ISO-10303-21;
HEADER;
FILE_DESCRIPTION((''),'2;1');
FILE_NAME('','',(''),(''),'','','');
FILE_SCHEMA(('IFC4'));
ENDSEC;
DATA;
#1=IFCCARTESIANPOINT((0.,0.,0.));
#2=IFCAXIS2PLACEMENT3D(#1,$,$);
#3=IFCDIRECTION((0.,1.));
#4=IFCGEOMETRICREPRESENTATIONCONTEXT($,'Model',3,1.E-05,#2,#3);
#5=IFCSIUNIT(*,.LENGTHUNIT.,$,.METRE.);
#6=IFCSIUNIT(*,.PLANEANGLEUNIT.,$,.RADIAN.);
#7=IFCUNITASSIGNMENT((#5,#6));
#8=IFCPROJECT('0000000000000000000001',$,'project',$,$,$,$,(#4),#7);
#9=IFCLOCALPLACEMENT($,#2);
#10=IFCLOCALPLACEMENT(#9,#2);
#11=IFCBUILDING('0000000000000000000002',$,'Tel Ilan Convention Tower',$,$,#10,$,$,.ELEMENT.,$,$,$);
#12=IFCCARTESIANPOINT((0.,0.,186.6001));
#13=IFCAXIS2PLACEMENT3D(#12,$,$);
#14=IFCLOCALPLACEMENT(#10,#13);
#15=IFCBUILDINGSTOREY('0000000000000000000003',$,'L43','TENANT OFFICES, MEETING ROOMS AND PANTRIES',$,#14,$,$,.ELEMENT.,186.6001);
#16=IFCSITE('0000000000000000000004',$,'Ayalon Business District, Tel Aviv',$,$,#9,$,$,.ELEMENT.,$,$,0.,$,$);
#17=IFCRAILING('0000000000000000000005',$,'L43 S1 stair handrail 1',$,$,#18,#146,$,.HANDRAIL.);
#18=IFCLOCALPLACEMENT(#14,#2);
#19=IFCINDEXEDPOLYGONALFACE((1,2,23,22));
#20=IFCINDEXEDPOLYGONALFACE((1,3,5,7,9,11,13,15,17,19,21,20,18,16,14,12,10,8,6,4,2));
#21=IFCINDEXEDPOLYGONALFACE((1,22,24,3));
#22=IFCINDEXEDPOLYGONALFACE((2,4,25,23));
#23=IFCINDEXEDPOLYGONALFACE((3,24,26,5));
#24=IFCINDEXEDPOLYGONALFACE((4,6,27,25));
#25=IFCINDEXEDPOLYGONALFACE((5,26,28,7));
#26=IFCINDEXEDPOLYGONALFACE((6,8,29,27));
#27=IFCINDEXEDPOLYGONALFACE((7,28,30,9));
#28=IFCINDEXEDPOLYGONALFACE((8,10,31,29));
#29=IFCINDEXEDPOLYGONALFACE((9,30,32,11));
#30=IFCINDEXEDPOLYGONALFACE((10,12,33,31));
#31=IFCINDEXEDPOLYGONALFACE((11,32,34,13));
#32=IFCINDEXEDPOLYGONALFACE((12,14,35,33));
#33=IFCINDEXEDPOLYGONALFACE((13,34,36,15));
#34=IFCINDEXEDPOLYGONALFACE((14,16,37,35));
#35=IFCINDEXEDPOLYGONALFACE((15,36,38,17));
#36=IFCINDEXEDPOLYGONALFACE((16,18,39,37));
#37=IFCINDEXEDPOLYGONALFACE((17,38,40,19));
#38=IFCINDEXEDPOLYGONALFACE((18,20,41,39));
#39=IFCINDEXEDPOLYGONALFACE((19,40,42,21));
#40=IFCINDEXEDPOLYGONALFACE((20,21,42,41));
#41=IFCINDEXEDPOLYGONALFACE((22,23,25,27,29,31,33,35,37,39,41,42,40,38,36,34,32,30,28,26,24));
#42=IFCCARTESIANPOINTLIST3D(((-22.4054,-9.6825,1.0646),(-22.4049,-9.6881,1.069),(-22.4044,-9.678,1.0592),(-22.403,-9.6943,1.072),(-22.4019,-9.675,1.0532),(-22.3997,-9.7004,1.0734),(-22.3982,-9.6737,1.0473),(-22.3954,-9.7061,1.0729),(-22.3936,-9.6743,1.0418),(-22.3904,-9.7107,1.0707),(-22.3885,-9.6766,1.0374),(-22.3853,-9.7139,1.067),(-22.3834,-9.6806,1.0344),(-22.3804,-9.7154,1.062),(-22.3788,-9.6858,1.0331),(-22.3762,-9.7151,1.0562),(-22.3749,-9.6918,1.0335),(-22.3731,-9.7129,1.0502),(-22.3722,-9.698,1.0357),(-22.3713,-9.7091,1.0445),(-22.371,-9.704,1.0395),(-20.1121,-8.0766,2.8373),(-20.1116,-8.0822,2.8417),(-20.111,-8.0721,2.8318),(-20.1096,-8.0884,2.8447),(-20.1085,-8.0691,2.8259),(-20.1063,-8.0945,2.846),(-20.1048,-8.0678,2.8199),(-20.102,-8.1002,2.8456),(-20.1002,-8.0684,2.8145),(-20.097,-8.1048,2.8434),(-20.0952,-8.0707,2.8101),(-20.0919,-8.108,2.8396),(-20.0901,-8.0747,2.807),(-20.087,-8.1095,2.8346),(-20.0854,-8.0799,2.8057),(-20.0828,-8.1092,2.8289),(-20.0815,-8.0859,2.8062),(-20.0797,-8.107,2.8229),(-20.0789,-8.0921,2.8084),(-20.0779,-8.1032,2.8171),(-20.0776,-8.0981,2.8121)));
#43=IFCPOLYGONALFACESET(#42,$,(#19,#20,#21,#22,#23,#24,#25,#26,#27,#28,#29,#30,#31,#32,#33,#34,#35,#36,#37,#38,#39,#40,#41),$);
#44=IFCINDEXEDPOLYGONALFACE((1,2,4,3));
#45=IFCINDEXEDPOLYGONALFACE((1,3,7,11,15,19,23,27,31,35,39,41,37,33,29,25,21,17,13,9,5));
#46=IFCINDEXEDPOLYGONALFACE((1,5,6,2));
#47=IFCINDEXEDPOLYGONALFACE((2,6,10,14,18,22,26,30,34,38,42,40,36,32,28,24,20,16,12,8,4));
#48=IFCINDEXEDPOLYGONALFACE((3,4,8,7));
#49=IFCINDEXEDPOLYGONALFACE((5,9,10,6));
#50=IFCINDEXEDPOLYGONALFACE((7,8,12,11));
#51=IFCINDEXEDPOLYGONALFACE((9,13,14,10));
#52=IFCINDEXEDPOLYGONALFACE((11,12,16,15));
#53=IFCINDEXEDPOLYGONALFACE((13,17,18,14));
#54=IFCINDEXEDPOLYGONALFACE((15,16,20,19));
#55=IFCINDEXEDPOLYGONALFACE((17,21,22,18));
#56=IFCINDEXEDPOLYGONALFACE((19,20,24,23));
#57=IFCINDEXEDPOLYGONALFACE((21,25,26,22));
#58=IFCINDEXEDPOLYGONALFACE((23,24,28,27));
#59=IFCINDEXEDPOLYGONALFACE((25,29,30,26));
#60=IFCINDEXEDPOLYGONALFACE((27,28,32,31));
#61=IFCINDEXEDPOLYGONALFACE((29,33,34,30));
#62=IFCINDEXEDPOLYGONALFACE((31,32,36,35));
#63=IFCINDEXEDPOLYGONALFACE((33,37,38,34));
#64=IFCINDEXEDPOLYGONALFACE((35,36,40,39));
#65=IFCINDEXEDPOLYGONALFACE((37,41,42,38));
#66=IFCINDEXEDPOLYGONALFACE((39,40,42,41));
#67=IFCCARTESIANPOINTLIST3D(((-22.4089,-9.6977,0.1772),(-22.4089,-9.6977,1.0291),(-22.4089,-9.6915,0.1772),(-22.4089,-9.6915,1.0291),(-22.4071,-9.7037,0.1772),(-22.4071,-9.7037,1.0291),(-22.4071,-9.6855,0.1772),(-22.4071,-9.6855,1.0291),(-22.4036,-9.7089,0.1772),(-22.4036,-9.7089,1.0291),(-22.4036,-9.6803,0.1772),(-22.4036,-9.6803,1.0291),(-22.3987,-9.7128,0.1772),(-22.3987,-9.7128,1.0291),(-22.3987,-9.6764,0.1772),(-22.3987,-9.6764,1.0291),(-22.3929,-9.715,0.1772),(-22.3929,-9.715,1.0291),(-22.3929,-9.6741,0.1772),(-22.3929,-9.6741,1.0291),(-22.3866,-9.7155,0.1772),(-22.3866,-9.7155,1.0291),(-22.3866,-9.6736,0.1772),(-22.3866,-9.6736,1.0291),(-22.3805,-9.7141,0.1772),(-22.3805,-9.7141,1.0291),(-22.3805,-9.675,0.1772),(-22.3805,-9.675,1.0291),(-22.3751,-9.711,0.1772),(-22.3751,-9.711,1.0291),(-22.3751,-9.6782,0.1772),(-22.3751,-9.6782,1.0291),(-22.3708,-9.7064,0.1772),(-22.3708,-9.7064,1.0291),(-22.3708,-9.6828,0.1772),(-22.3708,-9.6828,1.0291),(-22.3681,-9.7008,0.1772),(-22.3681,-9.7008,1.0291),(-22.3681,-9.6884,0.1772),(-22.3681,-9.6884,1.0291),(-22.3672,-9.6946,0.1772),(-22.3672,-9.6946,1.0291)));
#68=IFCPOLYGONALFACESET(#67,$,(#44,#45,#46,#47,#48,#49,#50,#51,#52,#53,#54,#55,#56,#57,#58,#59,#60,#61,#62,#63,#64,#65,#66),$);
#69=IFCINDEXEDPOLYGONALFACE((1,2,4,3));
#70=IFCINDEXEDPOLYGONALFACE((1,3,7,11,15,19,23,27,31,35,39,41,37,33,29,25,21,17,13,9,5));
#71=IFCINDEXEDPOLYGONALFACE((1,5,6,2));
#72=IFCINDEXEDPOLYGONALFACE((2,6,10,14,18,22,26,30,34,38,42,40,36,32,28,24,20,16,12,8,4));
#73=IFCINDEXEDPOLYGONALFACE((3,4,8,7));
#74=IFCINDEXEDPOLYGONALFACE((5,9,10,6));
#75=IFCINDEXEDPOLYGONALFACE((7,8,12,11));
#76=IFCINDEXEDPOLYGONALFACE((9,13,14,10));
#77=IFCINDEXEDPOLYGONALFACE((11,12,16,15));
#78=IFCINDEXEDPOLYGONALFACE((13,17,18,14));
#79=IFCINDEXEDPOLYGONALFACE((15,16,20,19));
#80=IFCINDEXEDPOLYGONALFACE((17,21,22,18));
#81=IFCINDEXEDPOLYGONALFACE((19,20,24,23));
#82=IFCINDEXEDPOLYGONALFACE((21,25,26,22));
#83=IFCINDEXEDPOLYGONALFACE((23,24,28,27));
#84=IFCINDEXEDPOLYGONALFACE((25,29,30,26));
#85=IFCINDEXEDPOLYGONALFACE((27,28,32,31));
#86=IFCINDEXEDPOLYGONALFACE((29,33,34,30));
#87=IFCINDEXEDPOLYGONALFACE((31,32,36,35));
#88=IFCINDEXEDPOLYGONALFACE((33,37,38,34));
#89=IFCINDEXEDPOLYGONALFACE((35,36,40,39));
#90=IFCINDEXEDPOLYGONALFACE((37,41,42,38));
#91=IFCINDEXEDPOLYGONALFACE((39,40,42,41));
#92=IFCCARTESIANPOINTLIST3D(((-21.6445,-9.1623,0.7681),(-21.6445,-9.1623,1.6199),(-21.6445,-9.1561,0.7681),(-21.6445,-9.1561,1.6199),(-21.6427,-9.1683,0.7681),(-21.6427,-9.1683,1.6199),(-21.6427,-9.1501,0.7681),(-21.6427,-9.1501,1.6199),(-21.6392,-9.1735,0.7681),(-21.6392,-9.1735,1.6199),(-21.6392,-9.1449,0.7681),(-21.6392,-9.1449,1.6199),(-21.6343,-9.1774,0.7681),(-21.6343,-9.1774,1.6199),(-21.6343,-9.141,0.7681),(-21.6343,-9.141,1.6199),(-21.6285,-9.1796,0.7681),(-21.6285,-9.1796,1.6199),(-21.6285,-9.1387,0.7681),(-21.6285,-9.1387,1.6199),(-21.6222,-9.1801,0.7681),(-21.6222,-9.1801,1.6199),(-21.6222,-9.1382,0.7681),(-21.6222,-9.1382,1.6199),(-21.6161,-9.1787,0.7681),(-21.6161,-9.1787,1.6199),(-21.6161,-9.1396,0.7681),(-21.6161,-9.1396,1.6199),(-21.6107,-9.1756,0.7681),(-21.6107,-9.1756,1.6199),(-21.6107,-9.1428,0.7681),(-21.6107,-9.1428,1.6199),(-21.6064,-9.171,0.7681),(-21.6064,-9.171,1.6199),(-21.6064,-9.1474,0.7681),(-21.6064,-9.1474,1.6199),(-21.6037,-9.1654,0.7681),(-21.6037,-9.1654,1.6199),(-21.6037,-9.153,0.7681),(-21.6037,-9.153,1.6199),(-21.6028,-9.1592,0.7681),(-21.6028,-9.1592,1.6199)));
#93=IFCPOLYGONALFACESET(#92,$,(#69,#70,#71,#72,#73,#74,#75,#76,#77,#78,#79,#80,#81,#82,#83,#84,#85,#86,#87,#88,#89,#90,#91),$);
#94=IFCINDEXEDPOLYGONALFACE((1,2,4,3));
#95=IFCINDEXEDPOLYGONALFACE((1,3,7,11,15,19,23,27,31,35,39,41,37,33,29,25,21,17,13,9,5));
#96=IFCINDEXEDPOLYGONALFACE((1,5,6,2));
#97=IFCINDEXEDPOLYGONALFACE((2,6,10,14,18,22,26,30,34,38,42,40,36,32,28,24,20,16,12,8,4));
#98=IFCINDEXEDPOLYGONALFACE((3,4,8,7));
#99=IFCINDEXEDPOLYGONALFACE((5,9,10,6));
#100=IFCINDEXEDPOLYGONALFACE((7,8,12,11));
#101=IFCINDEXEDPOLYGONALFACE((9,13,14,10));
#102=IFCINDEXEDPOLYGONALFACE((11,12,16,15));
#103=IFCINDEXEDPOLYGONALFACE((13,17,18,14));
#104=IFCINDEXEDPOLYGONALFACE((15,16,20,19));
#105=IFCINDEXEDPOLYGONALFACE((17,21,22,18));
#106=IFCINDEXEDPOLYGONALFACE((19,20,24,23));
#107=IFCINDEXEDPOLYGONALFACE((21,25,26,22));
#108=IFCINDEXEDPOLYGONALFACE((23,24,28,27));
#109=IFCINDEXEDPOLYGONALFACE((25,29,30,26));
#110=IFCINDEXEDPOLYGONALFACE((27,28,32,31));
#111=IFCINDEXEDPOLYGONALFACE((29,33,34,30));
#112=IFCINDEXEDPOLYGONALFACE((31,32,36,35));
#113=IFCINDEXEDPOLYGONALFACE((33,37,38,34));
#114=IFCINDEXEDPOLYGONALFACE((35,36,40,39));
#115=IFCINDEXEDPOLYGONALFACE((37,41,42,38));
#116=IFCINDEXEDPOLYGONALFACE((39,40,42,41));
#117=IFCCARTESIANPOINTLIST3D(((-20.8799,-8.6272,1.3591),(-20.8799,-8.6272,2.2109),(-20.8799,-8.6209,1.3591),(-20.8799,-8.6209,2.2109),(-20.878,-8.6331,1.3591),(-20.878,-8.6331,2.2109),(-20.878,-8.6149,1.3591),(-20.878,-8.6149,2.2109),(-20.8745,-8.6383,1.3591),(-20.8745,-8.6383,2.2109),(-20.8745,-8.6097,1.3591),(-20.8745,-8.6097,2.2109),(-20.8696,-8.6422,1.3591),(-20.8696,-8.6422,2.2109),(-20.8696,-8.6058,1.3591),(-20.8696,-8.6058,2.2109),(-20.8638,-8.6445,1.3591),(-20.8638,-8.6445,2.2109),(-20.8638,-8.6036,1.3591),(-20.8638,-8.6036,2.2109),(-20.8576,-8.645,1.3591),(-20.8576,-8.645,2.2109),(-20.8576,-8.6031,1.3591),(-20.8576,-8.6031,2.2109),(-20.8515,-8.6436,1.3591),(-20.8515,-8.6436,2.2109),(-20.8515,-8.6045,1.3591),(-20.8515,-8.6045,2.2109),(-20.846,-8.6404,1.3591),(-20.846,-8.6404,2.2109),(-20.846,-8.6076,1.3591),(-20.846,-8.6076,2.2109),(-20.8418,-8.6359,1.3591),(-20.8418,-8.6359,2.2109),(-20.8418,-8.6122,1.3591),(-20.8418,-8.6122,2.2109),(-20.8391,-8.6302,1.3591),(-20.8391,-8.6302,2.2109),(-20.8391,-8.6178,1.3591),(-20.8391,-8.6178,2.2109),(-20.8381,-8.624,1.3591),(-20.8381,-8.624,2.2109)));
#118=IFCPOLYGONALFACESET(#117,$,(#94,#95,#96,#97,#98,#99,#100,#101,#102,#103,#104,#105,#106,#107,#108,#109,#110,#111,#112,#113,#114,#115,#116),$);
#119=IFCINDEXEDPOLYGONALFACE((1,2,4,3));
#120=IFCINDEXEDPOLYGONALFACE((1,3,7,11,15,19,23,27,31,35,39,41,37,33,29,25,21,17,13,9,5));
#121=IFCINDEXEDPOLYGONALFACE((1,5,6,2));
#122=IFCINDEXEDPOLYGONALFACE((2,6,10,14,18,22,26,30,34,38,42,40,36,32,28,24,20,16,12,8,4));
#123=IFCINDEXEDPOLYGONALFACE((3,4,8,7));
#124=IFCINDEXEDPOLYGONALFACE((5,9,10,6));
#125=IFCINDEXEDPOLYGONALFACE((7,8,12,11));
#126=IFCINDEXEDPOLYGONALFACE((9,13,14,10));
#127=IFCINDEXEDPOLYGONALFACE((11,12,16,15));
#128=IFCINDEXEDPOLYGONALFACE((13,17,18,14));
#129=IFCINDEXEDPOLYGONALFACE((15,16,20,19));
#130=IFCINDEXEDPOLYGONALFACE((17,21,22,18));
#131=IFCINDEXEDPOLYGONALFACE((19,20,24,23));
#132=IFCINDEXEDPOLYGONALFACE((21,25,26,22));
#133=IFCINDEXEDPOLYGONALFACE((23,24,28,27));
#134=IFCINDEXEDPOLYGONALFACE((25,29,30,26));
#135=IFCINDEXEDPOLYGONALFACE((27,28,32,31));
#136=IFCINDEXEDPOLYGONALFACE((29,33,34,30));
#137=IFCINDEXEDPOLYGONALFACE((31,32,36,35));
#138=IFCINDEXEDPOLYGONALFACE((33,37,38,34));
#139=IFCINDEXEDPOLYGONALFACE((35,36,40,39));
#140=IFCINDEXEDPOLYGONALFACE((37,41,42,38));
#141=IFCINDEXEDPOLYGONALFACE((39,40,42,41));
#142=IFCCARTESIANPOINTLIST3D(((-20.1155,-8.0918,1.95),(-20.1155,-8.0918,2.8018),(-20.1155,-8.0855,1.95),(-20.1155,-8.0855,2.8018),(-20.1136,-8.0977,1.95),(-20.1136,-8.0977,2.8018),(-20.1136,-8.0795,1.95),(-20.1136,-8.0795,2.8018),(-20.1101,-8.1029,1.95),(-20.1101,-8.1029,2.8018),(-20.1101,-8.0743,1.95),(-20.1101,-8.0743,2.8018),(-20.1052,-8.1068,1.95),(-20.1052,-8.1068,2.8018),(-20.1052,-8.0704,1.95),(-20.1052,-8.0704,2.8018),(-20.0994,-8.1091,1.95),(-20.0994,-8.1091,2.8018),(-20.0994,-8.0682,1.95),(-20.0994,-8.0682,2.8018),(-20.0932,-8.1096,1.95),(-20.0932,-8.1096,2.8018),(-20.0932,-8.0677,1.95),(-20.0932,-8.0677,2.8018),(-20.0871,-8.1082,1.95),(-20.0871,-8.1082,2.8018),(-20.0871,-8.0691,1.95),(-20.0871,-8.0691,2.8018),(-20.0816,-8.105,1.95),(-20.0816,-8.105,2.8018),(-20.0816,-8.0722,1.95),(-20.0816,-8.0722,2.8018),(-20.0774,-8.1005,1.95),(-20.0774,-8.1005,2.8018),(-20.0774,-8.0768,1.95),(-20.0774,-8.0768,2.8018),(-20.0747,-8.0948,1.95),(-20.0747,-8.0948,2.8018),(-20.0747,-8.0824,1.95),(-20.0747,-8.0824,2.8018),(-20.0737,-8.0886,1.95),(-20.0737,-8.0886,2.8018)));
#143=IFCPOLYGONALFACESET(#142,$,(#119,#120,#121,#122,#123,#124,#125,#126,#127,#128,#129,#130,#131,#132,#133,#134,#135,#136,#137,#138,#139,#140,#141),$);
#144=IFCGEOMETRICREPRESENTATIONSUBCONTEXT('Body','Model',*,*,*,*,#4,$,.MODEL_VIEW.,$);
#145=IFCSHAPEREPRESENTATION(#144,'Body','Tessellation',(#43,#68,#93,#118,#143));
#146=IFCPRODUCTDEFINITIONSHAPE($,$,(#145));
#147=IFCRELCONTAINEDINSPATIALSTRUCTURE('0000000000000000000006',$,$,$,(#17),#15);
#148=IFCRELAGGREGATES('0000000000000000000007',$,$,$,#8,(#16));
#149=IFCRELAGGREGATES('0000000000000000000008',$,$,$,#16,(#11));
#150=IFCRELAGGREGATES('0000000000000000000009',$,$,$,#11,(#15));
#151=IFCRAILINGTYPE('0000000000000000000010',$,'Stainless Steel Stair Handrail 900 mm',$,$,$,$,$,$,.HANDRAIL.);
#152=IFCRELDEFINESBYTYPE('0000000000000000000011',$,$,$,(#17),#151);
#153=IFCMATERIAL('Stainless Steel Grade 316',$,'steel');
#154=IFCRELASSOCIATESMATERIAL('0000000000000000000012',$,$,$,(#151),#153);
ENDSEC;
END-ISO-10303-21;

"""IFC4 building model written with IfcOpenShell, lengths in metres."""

from ifc_helpers import new_model, si_unit, direction, frame, origin, origin_2d, place, context, subcontext, project, spatial, circle, extrude, material, type_object, element, save


model = new_model("IFC4")

# Units and contexts
model_context = context("Model", 3, precision=1e-05, world=origin(), true_north=direction((0.0, 1.0)))
body_context = subcontext(model_context, "Body", "Model", "MODEL_VIEW")
ifc_project = project(units=[si_unit("LENGTHUNIT", "METRE"), si_unit("PLANEANGLEUNIT", "RADIAN")], contexts=[model_context])

# Site, building, storey
site_placement = place(None, origin())
site = spatial("IfcSite", under=ifc_project, at=site_placement, Name="Ayalon Business District, Tel Aviv", CompositionType="ELEMENT", RefElevation=0.0)
building_placement = place(site_placement, origin())
building = spatial("IfcBuilding", under=site, at=building_placement, Name="Tel Ilan Convention Tower", CompositionType="ELEMENT")
storey_placement = place(building_placement, frame((0.0, 0.0, 186.6001)))
storey = spatial("IfcBuildingStorey", under=building, at=storey_placement, Name="L43", Description="TENANT OFFICES, MEETING ROOMS AND PANTRIES", CompositionType="ELEMENT", Elevation=186.6001)

# Railing
ifc_material_1 = material(Name="Stainless Steel Grade 316", Category="steel")
railing_type_1 = type_object("IfcRailingType", Name="Stainless Steel Stair Handrail 900 mm", PredefinedType="HANDRAIL", material=ifc_material_1)
railing_1_placement = place(storey_placement, frame((-22.3882, -9.6946, 0.1772)))
element("IfcRailing", 1, at=railing_1_placement, inside=storey, type_object=railing_type_1, Name="L43 S1 stair handrail 1", PredefinedType="HANDRAIL", context=body_context, shape_type="SweptSolid", body=[
    extrude(circle(Radius=0.0239, at=origin_2d()), frame((0.0, 0.0, 0.876), z_axis=(0.692085, 0.484621, 0.53494), x_axis=(-0.573591, 0.819142, 0.0)), (0.0, 0.0, 1.0), 3.3137),
    extrude(circle(Radius=0.021, at=origin_2d()), origin(), (0.0, 0.0, 1.0), 0.8518),
    extrude(circle(Radius=0.021, at=origin_2d()), frame((0.7644, 0.5354, 0.5908)), (0.0, 0.0, 1.0), 0.8518),
    extrude(circle(Radius=0.021, at=origin_2d()), frame((1.5291, 1.0706, 1.1819)), (0.0, 0.0, 1.0), 0.8518),
    extrude(circle(Radius=0.021, at=origin_2d()), frame((2.2935, 1.606, 1.7727)), (0.0, 0.0, 1.0), 0.8518),
])

save(model, "model.ifc")
